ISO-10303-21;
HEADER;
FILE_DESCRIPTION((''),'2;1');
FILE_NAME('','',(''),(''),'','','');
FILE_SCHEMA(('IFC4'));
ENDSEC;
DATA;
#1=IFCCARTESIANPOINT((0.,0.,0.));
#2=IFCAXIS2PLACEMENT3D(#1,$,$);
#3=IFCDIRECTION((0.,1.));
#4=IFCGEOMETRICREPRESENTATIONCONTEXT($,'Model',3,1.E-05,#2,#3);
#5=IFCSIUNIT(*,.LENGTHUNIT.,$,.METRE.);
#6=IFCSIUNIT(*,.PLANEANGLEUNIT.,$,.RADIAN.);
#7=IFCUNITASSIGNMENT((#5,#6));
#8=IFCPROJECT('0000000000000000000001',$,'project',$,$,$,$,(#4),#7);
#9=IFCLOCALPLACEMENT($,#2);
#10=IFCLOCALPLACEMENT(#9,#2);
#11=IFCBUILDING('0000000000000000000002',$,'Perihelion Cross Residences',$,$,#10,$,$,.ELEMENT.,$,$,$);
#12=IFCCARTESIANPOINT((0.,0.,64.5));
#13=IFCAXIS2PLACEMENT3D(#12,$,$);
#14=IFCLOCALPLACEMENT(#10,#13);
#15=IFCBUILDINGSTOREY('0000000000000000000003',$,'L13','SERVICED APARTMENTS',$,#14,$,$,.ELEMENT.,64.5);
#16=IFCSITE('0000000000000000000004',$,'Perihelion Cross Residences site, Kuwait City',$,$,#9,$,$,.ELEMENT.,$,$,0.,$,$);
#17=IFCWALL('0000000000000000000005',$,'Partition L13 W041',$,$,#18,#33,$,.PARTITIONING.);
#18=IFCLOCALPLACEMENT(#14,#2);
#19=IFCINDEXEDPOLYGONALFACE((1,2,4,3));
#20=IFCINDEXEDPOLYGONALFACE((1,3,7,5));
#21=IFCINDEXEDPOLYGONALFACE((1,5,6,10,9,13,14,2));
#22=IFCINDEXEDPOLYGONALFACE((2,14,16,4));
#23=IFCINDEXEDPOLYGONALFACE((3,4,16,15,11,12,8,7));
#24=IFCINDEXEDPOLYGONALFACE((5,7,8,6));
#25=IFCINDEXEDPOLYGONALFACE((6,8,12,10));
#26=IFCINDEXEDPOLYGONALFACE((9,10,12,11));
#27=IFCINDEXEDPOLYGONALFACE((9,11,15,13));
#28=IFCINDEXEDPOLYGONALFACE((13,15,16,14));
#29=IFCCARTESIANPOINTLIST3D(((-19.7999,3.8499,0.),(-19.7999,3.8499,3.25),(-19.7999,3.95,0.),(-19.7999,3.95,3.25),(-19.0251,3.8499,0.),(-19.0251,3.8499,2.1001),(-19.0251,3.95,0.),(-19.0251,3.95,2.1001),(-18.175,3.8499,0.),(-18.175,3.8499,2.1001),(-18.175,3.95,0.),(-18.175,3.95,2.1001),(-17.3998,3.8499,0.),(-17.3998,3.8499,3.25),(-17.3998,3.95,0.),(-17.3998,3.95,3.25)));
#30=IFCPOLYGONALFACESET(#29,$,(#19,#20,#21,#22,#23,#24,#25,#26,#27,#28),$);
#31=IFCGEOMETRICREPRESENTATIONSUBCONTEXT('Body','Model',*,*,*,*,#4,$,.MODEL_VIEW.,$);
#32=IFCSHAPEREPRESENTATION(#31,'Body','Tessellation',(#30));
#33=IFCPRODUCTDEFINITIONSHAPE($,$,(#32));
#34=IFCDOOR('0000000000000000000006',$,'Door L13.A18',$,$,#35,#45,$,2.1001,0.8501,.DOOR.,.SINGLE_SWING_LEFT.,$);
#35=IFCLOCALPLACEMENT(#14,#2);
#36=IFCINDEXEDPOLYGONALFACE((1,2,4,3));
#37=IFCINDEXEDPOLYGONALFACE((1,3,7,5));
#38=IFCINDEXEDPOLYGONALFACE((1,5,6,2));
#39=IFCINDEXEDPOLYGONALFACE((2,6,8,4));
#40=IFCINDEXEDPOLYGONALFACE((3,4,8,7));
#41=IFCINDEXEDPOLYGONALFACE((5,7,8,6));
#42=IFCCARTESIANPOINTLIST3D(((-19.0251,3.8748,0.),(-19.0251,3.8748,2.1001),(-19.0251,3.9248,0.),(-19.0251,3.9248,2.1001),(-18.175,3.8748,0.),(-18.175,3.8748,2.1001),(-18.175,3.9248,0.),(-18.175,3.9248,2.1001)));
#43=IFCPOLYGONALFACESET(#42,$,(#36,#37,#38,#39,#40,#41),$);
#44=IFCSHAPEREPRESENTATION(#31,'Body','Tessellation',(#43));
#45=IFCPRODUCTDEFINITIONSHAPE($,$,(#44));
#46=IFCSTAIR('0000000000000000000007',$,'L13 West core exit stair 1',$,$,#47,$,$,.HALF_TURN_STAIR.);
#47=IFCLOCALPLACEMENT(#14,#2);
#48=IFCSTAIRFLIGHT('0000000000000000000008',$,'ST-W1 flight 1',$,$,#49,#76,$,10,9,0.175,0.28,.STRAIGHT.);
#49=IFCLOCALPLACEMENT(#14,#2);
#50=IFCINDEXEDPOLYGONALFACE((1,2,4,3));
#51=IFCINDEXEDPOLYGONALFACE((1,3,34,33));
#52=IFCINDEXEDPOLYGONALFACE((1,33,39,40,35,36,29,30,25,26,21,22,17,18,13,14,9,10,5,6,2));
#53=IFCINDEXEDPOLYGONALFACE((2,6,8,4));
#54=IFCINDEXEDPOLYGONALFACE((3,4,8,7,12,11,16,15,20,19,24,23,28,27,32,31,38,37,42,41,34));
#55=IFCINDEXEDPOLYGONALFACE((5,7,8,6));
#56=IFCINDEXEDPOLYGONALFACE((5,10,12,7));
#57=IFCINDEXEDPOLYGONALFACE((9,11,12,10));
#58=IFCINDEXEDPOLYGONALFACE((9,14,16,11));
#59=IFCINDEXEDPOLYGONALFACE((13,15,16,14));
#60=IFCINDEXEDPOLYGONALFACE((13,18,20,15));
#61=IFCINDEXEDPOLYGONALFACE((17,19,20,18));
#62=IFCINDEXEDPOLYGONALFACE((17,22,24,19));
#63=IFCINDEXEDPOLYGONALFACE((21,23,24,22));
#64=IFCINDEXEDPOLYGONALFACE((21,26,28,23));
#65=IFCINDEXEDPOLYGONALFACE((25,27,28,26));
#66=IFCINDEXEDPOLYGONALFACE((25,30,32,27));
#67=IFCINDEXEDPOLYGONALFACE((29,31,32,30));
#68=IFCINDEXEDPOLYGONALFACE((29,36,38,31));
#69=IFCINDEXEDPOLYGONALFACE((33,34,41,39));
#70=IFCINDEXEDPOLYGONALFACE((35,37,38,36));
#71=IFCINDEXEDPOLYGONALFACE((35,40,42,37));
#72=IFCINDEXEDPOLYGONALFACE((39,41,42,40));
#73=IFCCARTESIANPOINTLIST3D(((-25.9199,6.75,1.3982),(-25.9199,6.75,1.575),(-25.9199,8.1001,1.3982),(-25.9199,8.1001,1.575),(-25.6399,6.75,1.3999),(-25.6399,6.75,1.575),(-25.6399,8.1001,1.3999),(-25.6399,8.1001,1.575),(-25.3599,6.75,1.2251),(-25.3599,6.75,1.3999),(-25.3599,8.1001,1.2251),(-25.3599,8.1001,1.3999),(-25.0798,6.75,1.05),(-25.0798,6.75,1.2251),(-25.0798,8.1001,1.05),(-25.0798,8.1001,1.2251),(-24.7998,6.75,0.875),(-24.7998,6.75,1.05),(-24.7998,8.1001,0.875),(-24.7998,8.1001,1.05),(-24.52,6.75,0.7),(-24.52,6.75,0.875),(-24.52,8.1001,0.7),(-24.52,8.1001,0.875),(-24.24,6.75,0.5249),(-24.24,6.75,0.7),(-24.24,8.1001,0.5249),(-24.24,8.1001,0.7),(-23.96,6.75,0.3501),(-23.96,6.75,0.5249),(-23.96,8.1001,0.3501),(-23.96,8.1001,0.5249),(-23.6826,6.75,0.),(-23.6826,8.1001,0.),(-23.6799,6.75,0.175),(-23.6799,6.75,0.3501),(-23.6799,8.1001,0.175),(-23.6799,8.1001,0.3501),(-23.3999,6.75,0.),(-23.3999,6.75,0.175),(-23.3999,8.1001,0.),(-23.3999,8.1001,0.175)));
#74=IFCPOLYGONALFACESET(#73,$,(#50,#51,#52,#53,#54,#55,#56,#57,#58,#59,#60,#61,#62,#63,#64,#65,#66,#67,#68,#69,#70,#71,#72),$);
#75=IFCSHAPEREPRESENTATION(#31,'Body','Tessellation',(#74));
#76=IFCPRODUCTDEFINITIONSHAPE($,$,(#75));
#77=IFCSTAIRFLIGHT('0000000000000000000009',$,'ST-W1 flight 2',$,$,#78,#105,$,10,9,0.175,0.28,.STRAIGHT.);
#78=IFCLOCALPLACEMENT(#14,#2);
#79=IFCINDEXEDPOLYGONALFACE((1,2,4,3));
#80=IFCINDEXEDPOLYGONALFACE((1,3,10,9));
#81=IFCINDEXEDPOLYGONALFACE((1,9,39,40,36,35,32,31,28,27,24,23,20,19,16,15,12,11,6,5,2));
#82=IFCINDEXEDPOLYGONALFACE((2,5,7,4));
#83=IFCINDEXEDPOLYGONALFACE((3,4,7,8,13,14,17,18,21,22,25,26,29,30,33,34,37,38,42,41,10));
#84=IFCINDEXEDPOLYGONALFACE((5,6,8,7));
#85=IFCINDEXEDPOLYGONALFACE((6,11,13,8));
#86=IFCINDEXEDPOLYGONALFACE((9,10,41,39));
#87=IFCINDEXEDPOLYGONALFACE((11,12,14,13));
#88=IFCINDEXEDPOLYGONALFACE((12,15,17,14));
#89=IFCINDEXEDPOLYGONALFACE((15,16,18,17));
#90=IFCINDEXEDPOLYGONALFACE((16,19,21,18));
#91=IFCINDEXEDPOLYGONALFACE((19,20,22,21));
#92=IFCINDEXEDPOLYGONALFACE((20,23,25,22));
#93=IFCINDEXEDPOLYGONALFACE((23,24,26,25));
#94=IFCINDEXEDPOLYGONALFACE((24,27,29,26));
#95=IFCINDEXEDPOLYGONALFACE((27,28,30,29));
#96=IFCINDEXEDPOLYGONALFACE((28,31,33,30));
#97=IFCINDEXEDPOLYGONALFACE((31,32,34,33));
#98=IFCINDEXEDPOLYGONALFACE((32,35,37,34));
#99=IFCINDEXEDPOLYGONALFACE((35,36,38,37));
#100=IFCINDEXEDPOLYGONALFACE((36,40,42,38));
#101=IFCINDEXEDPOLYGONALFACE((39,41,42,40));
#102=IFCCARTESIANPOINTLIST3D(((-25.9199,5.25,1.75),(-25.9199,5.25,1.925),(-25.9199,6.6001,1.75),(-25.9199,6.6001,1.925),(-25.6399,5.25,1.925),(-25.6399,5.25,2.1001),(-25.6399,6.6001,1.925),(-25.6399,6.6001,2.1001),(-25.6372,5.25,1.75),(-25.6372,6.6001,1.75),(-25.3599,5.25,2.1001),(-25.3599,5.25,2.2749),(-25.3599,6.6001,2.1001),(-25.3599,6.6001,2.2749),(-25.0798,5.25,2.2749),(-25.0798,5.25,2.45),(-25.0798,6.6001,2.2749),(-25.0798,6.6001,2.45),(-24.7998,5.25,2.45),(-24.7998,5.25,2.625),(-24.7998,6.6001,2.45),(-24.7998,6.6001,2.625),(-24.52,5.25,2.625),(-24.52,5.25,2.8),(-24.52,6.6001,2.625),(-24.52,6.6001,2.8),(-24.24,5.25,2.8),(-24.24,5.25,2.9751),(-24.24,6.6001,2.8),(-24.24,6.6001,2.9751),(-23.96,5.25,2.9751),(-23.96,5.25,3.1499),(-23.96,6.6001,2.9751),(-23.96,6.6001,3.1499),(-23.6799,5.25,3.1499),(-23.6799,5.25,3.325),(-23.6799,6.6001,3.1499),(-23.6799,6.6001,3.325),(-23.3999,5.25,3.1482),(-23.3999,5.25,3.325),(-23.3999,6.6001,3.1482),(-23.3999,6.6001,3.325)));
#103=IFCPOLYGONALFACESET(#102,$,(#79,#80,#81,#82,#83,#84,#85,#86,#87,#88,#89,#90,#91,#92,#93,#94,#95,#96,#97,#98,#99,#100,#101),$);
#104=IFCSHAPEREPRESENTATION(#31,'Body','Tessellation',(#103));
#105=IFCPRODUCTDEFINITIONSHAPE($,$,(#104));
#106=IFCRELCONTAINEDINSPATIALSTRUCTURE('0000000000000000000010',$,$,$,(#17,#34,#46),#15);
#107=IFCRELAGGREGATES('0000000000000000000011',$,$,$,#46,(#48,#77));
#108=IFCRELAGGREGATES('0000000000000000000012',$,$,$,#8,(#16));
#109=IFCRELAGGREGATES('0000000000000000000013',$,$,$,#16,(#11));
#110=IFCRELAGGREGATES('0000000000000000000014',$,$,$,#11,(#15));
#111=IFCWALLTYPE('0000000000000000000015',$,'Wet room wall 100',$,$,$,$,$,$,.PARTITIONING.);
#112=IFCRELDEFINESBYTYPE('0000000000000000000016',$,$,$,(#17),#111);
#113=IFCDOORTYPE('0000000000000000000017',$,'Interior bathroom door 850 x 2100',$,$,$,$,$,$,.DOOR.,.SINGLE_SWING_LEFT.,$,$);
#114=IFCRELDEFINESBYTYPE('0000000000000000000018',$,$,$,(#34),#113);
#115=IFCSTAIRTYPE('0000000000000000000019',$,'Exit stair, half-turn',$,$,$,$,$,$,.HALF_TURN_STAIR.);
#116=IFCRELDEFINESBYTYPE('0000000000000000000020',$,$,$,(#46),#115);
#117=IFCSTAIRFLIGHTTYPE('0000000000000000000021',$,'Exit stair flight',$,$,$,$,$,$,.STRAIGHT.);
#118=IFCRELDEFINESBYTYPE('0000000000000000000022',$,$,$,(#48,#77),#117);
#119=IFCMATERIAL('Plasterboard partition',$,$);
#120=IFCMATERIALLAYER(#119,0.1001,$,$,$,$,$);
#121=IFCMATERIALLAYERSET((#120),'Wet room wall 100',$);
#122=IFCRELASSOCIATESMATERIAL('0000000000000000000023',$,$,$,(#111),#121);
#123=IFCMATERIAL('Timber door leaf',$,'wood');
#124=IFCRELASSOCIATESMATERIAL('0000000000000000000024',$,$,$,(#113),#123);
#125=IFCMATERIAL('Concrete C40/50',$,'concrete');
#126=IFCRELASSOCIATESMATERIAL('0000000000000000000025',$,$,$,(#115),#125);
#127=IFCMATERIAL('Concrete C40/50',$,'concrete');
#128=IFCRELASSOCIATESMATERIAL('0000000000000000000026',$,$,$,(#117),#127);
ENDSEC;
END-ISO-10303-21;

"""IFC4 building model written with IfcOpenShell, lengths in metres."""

from ifc_helpers import new_model, si_unit, direction, frame, frame_2d, origin, place, context, subcontext, project, spatial, polyline, rectangle, outline, extrude, material, layer, layer_set, type_object, element, fill, aggregate, save


model = new_model("IFC4")

# Units and contexts
model_context = context("Model", 3, precision=1e-05, world=origin(), true_north=direction((0.0, 1.0)))
body_context = subcontext(model_context, "Body", "Model", "MODEL_VIEW")
ifc_project = project(units=[si_unit("LENGTHUNIT", "METRE"), si_unit("PLANEANGLEUNIT", "RADIAN")], contexts=[model_context])

# Site, building, storey
site_placement = place(None, origin())
site = spatial("IfcSite", under=ifc_project, at=site_placement, Name="Perihelion Cross Residences site, Kuwait City", CompositionType="ELEMENT", RefElevation=0.0)
building_placement = place(site_placement, origin())
building = spatial("IfcBuilding", under=site, at=building_placement, Name="Perihelion Cross Residences", CompositionType="ELEMENT")
storey_placement = place(building_placement, frame((0.0, 0.0, 64.5)))
storey = spatial("IfcBuildingStorey", under=building, at=storey_placement, Name="L13", Description="SERVICED APARTMENTS", CompositionType="ELEMENT", Elevation=64.5)

# Shared definitions
ifc_material_1 = material(Name="Plasterboard partition")
ifc_layer_1 = layer(ifc_material_1, 0.1001)
ifc_layer_set_1 = layer_set([ifc_layer_1], Name="Wet room wall 100")
wall_type_1 = type_object("IfcWallType", Name="Wet room wall 100", PredefinedType="PARTITIONING", material=ifc_layer_set_1)

# Wall, opening, door
wall_1_placement = place(storey_placement, frame((-19.8, 3.8999, 0.0), z_axis=(0.0, 0.0, 1.0), x_axis=(1.0, 0.0, 0.0)))
wall_1 = element("IfcWall", 1, at=wall_1_placement, inside=storey, type_object=wall_type_1, Name="Partition L13 W041", PredefinedType="PARTITIONING", context=body_context, shape_type="SweptSolid", body=[
    extrude(rectangle(XDim=2.4001, YDim=0.1001, at=frame_2d((1.2002, 0.0))), origin(), (0.0, 0.0, 1.0), 3.25),
])
opening_1_placement = place(wall_1_placement, frame((0.7749, 0.0, 0.0)))
opening_1 = element("IfcOpeningElement", 2, at=opening_1_placement, cuts=wall_1, PredefinedType="OPENING", context=body_context, shape_type="SweptSolid", body=[
    extrude(rectangle(XDim=0.8501, YDim=2.1001, at=frame_2d((0.425, 1.05))), frame((0.0, 0.0601, 0.0), z_axis=(0.0, -1.0, 0.0), x_axis=(1.0, 0.0, 0.0)), (0.0, 0.0, 1.0), 0.1201),
])
ifc_material_2 = material(Name="Timber door leaf", Category="wood")
door_type_1 = type_object("IfcDoorType", Name="Interior bathroom door 850 x 2100", OperationType="SINGLE_SWING_LEFT", PredefinedType="DOOR", material=ifc_material_2)
door_1_placement = place(opening_1_placement, origin())
door_1 = element("IfcDoor", 3, at=door_1_placement, inside=storey, type_object=door_type_1, Name="Door L13.A18", OperationType="SINGLE_SWING_LEFT", OverallHeight=2.1001, OverallWidth=0.8501, PredefinedType="DOOR", context=body_context, shape_type="SweptSolid", body=[
    extrude(rectangle(XDim=0.8501, YDim=2.1001, at=frame_2d((0.425, 1.05))), frame((0.0, 0.0249, 0.0), z_axis=(0.0, -1.0, 0.0), x_axis=(1.0, 0.0, 0.0)), (0.0, 0.0, 1.0), 0.05),
])
fill(opening_1, door_1)

# Stair, stair flights
ifc_material_3 = material(Name="Concrete C40/50", Category="concrete")
stair_type = type_object("IfcStairType", Name="Exit stair, half-turn", PredefinedType="HALF_TURN_STAIR", material=ifc_material_3)
stair_placement = place(storey_placement, origin())
stair = element("IfcStair", 4, at=stair_placement, inside=storey, type_object=stair_type, Name="L13 West core exit stair 1", PredefinedType="HALF_TURN_STAIR")
ifc_material_4 = material(Name="Concrete C40/50", Category="concrete")
stair_flight_type = type_object("IfcStairFlightType", Name="Exit stair flight", PredefinedType="STRAIGHT", material=ifc_material_4)
stair_flight_1_placement = place(storey_placement, frame((-23.3999, 7.425, 0.0), z_axis=(0.0, 0.0, 1.0), x_axis=(-1.0, 0.0, 0.0)))
stair_flight_1 = element("IfcStairFlight", 5, at=stair_flight_1_placement, type_object=stair_flight_type, Name="ST-W1 flight 1", NumberOfRisers=10, NumberOfTreads=9, PredefinedType="STRAIGHT", RiserHeight=0.175, TreadLength=0.28, context=body_context, shape_type="SweptSolid", body=[
    extrude(outline(polyline([(0.0, 0.0), (0.0, 0.175), (0.28, 0.175), (0.28, 0.3501), (0.5601, 0.3501), (0.5601, 0.5249), (0.8401, 0.5249), (0.8401, 0.7), (1.1201, 0.7), (1.1201, 0.875), (1.3999, 0.875), (1.3999, 1.05), (1.6799, 1.05), (1.6799, 1.2251), (1.96, 1.2251), (1.96, 1.3999), (2.24, 1.3999), (2.24, 1.575), (2.52, 1.575), (2.52, 1.75), (2.52, 1.3982), (0.2827, 0.0), (0.0, 0.0)])), frame((0.0, 0.675, 0.0), z_axis=(0.0, -1.0, 0.0), x_axis=(1.0, 0.0, 0.0)), (0.0, 0.0, 1.0), 1.3501),
])
stair_flight_2_placement = place(storey_placement, frame((-25.9199, 5.925, 1.75), z_axis=(0.0, 0.0, 1.0), x_axis=(1.0, 0.0, 0.0)))
stair_flight_2 = element("IfcStairFlight", 6, at=stair_flight_2_placement, type_object=stair_flight_type, Name="ST-W1 flight 2", NumberOfRisers=10, NumberOfTreads=9, PredefinedType="STRAIGHT", RiserHeight=0.175, TreadLength=0.28, context=body_context, shape_type="SweptSolid", body=[
    extrude(outline(polyline([(0.0, 0.0), (0.0, 0.175), (0.28, 0.175), (0.28, 0.3501), (0.5601, 0.3501), (0.5601, 0.5249), (0.8401, 0.5249), (0.8401, 0.7), (1.1201, 0.7), (1.1201, 0.875), (1.3999, 0.875), (1.3999, 1.05), (1.6799, 1.05), (1.6799, 1.2251), (1.96, 1.2251), (1.96, 1.3999), (2.24, 1.3999), (2.24, 1.575), (2.52, 1.575), (2.52, 1.75), (2.52, 1.3982), (0.2827, 0.0), (0.0, 0.0)])), frame((0.0, 0.675, 0.0), z_axis=(0.0, -1.0, 0.0), x_axis=(1.0, 0.0, 0.0)), (0.0, 0.0, 1.0), 1.3501),
])
aggregate(stair, [stair_flight_1, stair_flight_2])

save(model, "model.ifc")
